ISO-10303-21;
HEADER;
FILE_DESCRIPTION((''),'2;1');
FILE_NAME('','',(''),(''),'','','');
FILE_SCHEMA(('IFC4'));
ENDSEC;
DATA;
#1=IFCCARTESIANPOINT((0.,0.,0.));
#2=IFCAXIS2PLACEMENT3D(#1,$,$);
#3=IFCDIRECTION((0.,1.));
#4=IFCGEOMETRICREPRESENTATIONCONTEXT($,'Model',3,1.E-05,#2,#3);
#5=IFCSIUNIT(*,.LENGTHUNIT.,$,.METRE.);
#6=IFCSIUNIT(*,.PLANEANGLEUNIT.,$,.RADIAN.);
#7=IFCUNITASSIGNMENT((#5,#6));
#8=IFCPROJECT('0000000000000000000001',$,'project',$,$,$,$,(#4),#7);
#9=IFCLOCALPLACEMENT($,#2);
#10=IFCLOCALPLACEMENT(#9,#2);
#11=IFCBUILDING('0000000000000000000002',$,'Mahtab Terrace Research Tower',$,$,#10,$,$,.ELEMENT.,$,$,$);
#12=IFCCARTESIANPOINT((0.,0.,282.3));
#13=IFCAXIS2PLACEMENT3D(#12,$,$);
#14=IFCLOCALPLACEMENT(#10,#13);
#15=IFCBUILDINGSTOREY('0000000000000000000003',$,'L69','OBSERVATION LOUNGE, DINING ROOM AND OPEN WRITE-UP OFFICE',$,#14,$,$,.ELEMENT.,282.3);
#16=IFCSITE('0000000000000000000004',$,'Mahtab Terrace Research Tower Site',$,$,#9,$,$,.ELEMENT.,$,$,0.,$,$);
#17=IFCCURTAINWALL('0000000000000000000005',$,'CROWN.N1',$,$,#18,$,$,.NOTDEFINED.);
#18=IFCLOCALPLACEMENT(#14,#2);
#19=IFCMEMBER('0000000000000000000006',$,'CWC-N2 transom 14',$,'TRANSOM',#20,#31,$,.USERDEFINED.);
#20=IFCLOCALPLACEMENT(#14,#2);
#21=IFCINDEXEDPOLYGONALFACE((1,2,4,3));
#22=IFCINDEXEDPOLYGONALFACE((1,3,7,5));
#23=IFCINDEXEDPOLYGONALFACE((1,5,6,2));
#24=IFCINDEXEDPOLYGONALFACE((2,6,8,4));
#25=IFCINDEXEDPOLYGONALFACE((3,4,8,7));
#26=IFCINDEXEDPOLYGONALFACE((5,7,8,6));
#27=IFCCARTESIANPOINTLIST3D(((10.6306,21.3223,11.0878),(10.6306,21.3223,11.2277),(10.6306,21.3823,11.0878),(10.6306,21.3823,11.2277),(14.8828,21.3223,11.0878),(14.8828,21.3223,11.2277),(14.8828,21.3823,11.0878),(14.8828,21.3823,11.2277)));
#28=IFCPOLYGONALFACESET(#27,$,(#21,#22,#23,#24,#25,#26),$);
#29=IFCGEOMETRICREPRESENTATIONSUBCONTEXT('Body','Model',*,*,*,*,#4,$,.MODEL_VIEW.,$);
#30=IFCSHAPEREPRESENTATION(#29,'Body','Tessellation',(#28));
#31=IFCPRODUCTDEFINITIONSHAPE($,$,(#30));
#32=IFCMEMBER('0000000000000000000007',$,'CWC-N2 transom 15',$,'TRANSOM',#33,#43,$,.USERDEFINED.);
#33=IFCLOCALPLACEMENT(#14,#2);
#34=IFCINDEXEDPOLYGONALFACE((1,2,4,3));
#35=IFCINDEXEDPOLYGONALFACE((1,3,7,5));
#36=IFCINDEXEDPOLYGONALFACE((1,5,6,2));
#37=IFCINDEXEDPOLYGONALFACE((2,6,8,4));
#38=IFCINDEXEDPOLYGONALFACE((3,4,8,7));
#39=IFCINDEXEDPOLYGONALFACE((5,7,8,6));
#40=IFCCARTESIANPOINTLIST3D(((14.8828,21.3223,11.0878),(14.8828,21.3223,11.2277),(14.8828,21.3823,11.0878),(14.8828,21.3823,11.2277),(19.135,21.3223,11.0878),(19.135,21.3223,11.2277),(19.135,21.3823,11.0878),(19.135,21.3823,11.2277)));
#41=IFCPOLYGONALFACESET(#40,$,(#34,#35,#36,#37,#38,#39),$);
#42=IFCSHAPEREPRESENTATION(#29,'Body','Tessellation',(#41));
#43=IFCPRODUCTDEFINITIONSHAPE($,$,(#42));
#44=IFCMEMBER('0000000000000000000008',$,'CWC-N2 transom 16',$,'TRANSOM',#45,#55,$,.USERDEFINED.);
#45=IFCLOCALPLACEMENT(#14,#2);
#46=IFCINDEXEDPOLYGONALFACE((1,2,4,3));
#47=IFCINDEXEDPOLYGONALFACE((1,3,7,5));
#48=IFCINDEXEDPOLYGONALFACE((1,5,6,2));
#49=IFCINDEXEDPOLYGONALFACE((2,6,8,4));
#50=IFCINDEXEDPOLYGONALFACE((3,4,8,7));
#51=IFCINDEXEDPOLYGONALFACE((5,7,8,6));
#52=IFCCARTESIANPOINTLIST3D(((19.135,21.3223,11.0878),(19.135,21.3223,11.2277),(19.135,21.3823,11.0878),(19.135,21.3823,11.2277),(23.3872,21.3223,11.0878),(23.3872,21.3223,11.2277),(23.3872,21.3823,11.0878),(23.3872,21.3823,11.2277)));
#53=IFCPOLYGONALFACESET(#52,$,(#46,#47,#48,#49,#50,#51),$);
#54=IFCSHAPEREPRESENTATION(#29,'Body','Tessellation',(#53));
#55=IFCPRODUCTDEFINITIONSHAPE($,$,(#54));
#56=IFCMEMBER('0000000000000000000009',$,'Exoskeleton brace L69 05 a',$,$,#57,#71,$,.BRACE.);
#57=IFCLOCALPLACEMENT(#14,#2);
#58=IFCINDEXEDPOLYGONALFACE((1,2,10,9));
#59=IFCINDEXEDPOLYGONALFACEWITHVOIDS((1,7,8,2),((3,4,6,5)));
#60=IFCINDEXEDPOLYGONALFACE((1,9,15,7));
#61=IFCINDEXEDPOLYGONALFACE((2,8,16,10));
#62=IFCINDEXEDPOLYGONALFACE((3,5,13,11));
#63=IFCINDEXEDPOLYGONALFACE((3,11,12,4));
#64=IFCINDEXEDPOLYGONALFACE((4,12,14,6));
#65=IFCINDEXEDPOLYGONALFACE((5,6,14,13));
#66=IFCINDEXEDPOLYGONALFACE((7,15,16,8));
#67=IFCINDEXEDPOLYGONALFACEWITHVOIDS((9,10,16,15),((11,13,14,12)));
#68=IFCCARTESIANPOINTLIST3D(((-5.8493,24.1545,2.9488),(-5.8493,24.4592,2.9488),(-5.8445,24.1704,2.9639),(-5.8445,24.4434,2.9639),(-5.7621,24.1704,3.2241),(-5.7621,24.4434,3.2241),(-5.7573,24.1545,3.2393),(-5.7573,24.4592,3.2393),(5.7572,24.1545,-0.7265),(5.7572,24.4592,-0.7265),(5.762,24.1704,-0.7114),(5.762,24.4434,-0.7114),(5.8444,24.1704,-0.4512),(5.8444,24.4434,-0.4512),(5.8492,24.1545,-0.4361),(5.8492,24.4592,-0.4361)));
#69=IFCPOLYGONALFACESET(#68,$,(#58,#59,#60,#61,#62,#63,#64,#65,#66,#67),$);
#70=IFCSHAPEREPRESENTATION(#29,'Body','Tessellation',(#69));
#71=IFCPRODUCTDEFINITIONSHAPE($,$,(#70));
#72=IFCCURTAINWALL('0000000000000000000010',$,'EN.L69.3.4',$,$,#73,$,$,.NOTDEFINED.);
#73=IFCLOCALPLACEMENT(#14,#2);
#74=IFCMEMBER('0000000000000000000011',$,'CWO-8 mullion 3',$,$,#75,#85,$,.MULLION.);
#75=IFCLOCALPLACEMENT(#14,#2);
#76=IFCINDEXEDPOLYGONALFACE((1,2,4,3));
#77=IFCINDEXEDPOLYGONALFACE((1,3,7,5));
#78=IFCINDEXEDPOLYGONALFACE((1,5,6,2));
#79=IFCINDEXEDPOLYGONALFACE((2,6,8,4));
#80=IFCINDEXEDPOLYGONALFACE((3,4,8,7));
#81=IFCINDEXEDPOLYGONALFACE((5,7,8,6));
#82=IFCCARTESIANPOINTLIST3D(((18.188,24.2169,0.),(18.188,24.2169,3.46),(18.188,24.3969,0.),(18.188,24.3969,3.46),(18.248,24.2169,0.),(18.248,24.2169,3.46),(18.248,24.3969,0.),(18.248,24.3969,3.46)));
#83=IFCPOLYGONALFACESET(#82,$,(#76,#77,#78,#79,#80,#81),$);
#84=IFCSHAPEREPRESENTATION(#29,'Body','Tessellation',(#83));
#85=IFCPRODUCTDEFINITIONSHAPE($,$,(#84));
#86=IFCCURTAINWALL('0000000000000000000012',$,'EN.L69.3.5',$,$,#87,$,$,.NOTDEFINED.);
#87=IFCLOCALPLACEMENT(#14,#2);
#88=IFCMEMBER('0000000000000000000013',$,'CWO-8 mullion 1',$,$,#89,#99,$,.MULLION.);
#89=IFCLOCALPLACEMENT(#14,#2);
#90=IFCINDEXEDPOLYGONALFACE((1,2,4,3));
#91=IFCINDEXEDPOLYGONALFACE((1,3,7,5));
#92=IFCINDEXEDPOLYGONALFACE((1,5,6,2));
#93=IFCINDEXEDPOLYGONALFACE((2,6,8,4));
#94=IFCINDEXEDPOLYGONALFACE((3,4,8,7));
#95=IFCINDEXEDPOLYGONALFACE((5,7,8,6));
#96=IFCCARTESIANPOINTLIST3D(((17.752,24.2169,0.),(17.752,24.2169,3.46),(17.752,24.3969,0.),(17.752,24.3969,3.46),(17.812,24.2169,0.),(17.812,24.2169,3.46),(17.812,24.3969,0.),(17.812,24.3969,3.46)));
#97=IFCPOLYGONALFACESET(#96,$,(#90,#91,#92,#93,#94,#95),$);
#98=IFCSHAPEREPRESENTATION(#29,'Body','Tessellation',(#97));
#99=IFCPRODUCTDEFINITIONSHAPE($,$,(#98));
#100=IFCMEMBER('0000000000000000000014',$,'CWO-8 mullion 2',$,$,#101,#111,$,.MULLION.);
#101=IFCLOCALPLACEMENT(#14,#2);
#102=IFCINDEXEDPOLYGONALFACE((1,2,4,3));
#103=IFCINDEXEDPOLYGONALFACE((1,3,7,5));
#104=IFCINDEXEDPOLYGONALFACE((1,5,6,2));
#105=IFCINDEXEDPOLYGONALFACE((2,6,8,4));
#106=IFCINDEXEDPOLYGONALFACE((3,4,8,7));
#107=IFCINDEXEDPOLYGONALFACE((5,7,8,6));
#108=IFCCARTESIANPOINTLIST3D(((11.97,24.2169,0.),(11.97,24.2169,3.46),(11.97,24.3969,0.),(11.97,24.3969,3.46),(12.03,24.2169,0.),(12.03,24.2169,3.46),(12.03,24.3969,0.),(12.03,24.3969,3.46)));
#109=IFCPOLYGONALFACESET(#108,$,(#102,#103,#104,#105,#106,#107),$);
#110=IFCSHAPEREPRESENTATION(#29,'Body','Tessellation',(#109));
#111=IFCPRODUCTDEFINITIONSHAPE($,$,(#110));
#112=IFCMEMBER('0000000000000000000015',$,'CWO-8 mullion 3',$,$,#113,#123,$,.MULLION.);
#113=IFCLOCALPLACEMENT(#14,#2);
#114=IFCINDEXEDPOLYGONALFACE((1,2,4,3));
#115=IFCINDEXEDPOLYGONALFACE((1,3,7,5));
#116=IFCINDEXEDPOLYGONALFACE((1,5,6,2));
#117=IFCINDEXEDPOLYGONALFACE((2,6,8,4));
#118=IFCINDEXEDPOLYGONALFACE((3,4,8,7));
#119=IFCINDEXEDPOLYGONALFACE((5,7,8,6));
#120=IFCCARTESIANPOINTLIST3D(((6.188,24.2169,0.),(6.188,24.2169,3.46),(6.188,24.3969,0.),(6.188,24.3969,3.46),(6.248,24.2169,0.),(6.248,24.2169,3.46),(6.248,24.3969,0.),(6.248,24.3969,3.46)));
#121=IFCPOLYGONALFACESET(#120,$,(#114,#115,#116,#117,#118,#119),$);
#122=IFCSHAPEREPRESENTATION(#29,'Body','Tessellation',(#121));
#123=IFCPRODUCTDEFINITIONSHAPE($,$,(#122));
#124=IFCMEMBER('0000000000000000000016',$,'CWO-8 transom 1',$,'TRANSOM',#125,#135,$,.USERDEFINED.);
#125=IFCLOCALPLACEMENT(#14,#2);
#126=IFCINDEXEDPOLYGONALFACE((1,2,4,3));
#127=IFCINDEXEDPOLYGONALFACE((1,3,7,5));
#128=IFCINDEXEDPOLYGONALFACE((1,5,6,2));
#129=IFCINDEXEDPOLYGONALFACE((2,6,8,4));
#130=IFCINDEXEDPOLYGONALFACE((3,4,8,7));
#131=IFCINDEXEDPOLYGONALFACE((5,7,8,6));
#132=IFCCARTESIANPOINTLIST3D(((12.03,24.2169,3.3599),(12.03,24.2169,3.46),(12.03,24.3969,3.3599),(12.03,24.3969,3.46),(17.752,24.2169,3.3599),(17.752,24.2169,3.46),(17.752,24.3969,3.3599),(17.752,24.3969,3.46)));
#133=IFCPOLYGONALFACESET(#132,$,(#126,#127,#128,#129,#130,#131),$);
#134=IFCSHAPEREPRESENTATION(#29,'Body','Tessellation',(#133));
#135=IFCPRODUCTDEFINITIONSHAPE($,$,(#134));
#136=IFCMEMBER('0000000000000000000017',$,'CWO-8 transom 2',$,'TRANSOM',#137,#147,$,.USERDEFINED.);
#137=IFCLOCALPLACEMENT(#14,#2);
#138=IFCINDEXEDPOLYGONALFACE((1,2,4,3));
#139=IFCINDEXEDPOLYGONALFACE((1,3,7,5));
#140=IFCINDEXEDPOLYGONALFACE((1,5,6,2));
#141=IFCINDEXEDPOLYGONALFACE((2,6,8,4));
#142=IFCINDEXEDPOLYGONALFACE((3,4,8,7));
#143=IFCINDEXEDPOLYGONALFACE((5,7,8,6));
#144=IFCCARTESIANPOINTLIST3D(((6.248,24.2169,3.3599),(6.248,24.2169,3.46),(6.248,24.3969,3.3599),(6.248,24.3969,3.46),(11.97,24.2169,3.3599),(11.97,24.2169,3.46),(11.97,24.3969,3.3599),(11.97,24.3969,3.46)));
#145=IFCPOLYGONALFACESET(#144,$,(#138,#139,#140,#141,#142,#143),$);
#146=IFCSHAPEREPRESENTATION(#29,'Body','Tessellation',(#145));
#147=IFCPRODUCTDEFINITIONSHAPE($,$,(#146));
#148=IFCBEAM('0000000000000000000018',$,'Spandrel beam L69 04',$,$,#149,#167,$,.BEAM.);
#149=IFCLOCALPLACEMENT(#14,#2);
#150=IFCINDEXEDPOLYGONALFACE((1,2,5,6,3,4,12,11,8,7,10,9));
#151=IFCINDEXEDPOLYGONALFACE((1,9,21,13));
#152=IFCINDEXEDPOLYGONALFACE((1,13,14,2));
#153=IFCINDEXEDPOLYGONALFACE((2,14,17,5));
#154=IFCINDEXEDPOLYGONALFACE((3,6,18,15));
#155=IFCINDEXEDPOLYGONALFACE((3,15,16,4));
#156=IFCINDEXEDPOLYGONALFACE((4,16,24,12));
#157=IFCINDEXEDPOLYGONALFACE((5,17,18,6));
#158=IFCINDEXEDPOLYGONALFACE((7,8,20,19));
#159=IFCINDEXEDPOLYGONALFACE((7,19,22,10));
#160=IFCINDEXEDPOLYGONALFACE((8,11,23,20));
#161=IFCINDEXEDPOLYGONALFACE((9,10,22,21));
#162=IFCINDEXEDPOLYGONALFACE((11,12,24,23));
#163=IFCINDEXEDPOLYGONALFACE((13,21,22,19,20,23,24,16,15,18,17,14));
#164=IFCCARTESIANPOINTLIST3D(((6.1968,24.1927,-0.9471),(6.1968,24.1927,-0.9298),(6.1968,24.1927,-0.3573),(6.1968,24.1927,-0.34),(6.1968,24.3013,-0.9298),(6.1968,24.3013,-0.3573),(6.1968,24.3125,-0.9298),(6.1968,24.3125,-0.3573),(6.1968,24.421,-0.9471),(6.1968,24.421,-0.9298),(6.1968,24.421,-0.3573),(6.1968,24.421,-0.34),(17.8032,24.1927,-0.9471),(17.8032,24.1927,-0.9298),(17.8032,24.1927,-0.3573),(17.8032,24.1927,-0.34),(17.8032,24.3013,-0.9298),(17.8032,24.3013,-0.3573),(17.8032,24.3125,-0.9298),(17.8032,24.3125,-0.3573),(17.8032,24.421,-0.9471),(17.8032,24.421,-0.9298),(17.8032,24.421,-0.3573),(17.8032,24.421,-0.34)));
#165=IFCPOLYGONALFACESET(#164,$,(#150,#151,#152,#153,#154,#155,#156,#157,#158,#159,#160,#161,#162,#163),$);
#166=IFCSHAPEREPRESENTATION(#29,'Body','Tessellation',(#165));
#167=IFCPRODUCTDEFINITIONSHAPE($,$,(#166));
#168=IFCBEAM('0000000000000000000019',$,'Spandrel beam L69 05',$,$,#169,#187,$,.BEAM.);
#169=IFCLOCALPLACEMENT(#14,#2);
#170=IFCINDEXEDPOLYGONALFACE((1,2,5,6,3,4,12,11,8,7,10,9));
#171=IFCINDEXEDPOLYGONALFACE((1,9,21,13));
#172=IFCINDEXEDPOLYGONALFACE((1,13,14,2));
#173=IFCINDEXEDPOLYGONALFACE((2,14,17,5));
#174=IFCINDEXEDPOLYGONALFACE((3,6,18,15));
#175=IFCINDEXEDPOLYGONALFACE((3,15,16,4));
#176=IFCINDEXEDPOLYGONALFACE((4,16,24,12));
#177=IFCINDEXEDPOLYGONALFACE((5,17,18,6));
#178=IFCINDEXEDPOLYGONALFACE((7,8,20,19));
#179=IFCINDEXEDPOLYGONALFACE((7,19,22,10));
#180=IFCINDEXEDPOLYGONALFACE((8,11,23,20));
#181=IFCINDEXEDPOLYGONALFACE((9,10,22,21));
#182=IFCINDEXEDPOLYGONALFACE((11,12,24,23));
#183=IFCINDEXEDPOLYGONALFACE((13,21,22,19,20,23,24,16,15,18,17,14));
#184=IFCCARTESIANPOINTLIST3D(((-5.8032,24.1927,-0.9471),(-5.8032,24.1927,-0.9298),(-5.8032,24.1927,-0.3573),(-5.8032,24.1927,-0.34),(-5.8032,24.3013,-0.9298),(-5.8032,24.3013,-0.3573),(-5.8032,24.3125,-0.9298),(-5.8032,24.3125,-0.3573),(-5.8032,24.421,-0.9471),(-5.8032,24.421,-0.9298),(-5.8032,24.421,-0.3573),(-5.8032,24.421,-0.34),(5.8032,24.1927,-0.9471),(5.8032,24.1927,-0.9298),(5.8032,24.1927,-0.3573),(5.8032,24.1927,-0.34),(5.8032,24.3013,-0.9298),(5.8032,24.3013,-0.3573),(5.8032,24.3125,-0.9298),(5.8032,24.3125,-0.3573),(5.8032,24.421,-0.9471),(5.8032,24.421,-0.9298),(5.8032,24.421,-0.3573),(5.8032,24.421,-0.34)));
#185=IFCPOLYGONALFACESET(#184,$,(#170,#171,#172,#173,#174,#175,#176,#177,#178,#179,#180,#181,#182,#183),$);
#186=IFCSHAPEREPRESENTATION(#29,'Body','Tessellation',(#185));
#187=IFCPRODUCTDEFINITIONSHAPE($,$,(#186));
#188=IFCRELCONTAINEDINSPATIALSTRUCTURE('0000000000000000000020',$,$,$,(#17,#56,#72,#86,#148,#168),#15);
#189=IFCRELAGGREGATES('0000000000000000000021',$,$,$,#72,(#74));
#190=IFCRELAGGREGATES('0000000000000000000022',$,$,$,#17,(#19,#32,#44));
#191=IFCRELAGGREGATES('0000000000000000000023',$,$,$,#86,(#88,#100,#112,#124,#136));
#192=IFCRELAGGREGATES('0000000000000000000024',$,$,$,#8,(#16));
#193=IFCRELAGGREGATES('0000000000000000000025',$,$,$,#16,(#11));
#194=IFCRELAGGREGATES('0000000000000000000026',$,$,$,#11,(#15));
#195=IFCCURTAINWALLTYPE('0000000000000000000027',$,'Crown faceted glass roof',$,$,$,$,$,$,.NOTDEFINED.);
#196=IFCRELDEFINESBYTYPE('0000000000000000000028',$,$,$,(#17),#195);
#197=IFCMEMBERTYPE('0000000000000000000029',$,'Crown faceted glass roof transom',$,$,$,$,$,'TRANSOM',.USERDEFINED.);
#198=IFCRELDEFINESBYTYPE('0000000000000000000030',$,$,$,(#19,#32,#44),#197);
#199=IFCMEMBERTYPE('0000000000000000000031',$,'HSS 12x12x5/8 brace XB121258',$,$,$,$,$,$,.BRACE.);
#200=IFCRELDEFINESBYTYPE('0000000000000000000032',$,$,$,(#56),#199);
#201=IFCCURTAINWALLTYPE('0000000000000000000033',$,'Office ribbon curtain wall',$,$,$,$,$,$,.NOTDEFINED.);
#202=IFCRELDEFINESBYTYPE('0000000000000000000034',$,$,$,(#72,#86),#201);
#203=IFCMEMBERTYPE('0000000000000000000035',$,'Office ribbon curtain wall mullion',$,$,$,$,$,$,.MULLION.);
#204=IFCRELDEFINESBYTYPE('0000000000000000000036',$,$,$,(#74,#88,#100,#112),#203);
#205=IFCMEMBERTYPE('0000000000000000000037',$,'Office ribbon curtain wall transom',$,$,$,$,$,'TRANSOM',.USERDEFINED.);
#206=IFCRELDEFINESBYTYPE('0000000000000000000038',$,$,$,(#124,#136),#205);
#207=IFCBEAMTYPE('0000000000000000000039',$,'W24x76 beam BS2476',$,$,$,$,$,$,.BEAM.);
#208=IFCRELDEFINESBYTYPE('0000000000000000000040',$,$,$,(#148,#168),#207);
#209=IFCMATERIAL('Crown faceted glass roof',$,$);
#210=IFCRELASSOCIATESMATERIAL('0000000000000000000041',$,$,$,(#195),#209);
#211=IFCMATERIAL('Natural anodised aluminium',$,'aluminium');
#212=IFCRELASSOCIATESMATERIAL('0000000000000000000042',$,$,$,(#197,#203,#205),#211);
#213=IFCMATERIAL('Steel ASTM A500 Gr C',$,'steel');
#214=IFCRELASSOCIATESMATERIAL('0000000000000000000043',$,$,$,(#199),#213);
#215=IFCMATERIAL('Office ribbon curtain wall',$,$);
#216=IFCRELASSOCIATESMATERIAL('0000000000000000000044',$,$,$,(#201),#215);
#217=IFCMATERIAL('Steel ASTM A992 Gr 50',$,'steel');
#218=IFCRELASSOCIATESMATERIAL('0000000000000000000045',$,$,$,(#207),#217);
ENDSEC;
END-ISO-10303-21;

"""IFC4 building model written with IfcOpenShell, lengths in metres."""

from ifc_helpers import new_model, si_unit, direction, frame, origin, origin_2d, place, context, subcontext, project, spatial, rectangle, hollow_rectangle, i_section, extrude, material, material_profile, profile_set, type_object, element, aggregate, save


model = new_model("IFC4")

# Units and contexts
model_context = context("Model", 3, precision=1e-05, world=origin(), true_north=direction((0.0, 1.0)))
body_context = subcontext(model_context, "Body", "Model", "MODEL_VIEW")
ifc_project = project(units=[si_unit("LENGTHUNIT", "METRE"), si_unit("PLANEANGLEUNIT", "RADIAN")], contexts=[model_context])

# Site, building, storey
site_placement = place(None, origin())
site = spatial("IfcSite", under=ifc_project, at=site_placement, Name="Mahtab Terrace Research Tower Site", CompositionType="ELEMENT", RefElevation=0.0)
building_placement = place(site_placement, origin())
building = spatial("IfcBuilding", under=site, at=building_placement, Name="Mahtab Terrace Research Tower", CompositionType="ELEMENT")
storey_placement = place(building_placement, frame((0.0, 0.0, 282.3)))
storey = spatial("IfcBuildingStorey", under=building, at=storey_placement, Name="L69", Description="OBSERVATION LOUNGE, DINING ROOM AND OPEN WRITE-UP OFFICE", CompositionType="ELEMENT", Elevation=282.3)

# Shared definitions
ifc_material_1 = material(Name="Steel ASTM A992 Gr 50", Category="steel")

# Curtain wall, members
ifc_material_2 = material(Name="Crown faceted glass roof")
curtain_wall_type_1 = type_object("IfcCurtainWallType", Name="Crown faceted glass roof", PredefinedType="NOTDEFINED", material=ifc_material_2)
ifc_material_3 = material(Name="Natural anodised aluminium", Category="aluminium")
curtain_wall_1_placement = place(storey_placement, origin())
curtain_wall_1 = element("IfcCurtainWall", 1, at=curtain_wall_1_placement, inside=storey, type_object=curtain_wall_type_1, Name="CROWN.N1", PredefinedType="NOTDEFINED")
ifc_material_profile_1 = material_profile(ifc_material_3, rectangle(XDim=0.0601, YDim=0.1399, at=origin_2d()), Name="TRANSOM 60x140")
ifc_profile_set_1 = profile_set([ifc_material_profile_1], Name="Natural anodised aluminium")
member_type_1 = type_object("IfcMemberType", Name="Crown faceted glass roof transom", ElementType="TRANSOM", PredefinedType="USERDEFINED", material=ifc_profile_set_1)
member_1_placement = place(storey_placement, frame((10.6306, 21.3523, 11.1577), z_axis=(1.0, 0.0, 0.0), x_axis=(0.0, 1.0, 0.0)))
member_1 = element("IfcMember", 2, at=member_1_placement, type_object=member_type_1, Name="CWC-N2 transom 14", ObjectType="TRANSOM", PredefinedType="USERDEFINED", context=body_context, shape_type="SweptSolid", body=[
    extrude(rectangle(XDim=0.0601, YDim=0.1399, at=origin_2d()), origin(), (0.0, 0.0, 1.0), 4.2522),
])
member_2_placement = place(storey_placement, frame((14.8828, 21.3523, 11.1577), z_axis=(1.0, 0.0, 0.0), x_axis=(0.0, 1.0, 0.0)))
member_2 = element("IfcMember", 3, at=member_2_placement, type_object=member_type_1, Name="CWC-N2 transom 15", ObjectType="TRANSOM", PredefinedType="USERDEFINED", context=body_context, shape_type="SweptSolid", body=[
    extrude(rectangle(XDim=0.0601, YDim=0.1399, at=origin_2d()), origin(), (0.0, 0.0, 1.0), 4.2522),
])
member_3_placement = place(storey_placement, frame((19.135, 21.3523, 11.1577), z_axis=(1.0, 0.0, 0.0), x_axis=(0.0, 1.0, 0.0)))
member_3 = element("IfcMember", 4, at=member_3_placement, type_object=member_type_1, Name="CWC-N2 transom 16", ObjectType="TRANSOM", PredefinedType="USERDEFINED", context=body_context, shape_type="SweptSolid", body=[
    extrude(rectangle(XDim=0.0601, YDim=0.1399, at=origin_2d()), origin(), (0.0, 0.0, 1.0), 4.2522),
])

# Member
ifc_material_4 = material(Name="Steel ASTM A500 Gr C", Category="steel")
ifc_material_profile_2 = material_profile(ifc_material_4, hollow_rectangle(XDim=0.3047, YDim=0.3047, WallThickness=0.0159, at=origin_2d()), Name="HSS12X12X5/8")
ifc_profile_set_2 = profile_set([ifc_material_profile_2], Name="Steel ASTM A500 Gr C")
member_type_2 = type_object("IfcMemberType", Name="HSS 12x12x5/8 brace XB121258", PredefinedType="BRACE", material=ifc_profile_set_2)
member_4_placement = place(storey_placement, frame((5.8032, 24.3069, -0.5813), z_axis=(-0.953344, 0.0, 0.301886), x_axis=(0.0, -1.0, 0.0)))
element("IfcMember", 5, at=member_4_placement, inside=storey, type_object=member_type_2, Name="Exoskeleton brace L69 05 a", PredefinedType="BRACE", context=body_context, shape_type="SweptSolid", body=[
    extrude(hollow_rectangle(XDim=0.3047, YDim=0.3047, WallThickness=0.0159, at=origin_2d()), origin(), (0.0, 0.0, 1.0), 12.1746),
])

# Curtain wall, member
ifc_material_5 = material(Name="Office ribbon curtain wall")
curtain_wall_type_2 = type_object("IfcCurtainWallType", Name="Office ribbon curtain wall", PredefinedType="NOTDEFINED", material=ifc_material_5)
curtain_wall_2_placement = place(storey_placement, origin())
curtain_wall_2 = element("IfcCurtainWall", 6, at=curtain_wall_2_placement, inside=storey, type_object=curtain_wall_type_2, Name="EN.L69.3.4", PredefinedType="NOTDEFINED")
ifc_material_profile_3 = material_profile(ifc_material_3, rectangle(XDim=0.1799, YDim=0.0601, at=origin_2d()), Name="MULLION 60x180")
ifc_profile_set_3 = profile_set([ifc_material_profile_3], Name="Natural anodised aluminium")
member_type_3 = type_object("IfcMemberType", Name="Office ribbon curtain wall mullion", PredefinedType="MULLION", material=ifc_profile_set_3)
member_5_placement = place(storey_placement, frame((18.218, 24.3069, 0.0), z_axis=(0.0, 0.0, 1.0), x_axis=(0.0, -1.0, 0.0)))
member_5 = element("IfcMember", 7, at=member_5_placement, type_object=member_type_3, Name="CWO-8 mullion 3", PredefinedType="MULLION", context=body_context, shape_type="SweptSolid", body=[
    extrude(rectangle(XDim=0.1799, YDim=0.0601, at=origin_2d()), origin(), (0.0, 0.0, 1.0), 3.46),
])
aggregate(curtain_wall_2, [member_5])

# Curtain wall, members
curtain_wall_3_placement = place(storey_placement, origin())
curtain_wall_3 = element("IfcCurtainWall", 8, at=curtain_wall_3_placement, inside=storey, type_object=curtain_wall_type_2, Name="EN.L69.3.5", PredefinedType="NOTDEFINED")
member_6_placement = place(storey_placement, frame((17.782, 24.3069, 0.0), z_axis=(0.0, 0.0, 1.0), x_axis=(0.0, -1.0, 0.0)))
member_6 = element("IfcMember", 9, at=member_6_placement, type_object=member_type_3, Name="CWO-8 mullion 1", PredefinedType="MULLION", context=body_context, shape_type="SweptSolid", body=[
    extrude(rectangle(XDim=0.1799, YDim=0.0601, at=origin_2d()), origin(), (0.0, 0.0, 1.0), 3.46),
])
member_7_placement = place(storey_placement, frame((12.0, 24.3069, 0.0), z_axis=(0.0, 0.0, 1.0), x_axis=(0.0, -1.0, 0.0)))
member_7 = element("IfcMember", 10, at=member_7_placement, type_object=member_type_3, Name="CWO-8 mullion 2", PredefinedType="MULLION", context=body_context, shape_type="SweptSolid", body=[
    extrude(rectangle(XDim=0.1799, YDim=0.0601, at=origin_2d()), origin(), (0.0, 0.0, 1.0), 3.46),
])
member_8_placement = place(storey_placement, frame((6.218, 24.3069, 0.0), z_axis=(0.0, 0.0, 1.0), x_axis=(0.0, -1.0, 0.0)))
member_8 = element("IfcMember", 11, at=member_8_placement, type_object=member_type_3, Name="CWO-8 mullion 3", PredefinedType="MULLION", context=body_context, shape_type="SweptSolid", body=[
    extrude(rectangle(XDim=0.1799, YDim=0.0601, at=origin_2d()), origin(), (0.0, 0.0, 1.0), 3.46),
])
ifc_material_profile_4 = material_profile(ifc_material_3, rectangle(XDim=0.1799, YDim=0.1001, at=origin_2d()), Name="TRANSOM 100x180")
ifc_profile_set_4 = profile_set([ifc_material_profile_4], Name="Natural anodised aluminium")
member_type_4 = type_object("IfcMemberType", Name="Office ribbon curtain wall transom", ElementType="TRANSOM", PredefinedType="USERDEFINED", material=ifc_profile_set_4)
member_9_placement = place(storey_placement, frame((17.752, 24.3069, 3.4099), z_axis=(-1.0, 0.0, 0.0), x_axis=(0.0, -1.0, 0.0)))
member_9 = element("IfcMember", 12, at=member_9_placement, type_object=member_type_4, Name="CWO-8 transom 1", ObjectType="TRANSOM", PredefinedType="USERDEFINED", context=body_context, shape_type="SweptSolid", body=[
    extrude(rectangle(XDim=0.1799, YDim=0.1001, at=origin_2d()), origin(), (0.0, 0.0, 1.0), 5.7219),
])
member_10_placement = place(storey_placement, frame((11.97, 24.3069, 3.4099), z_axis=(-1.0, 0.0, 0.0), x_axis=(0.0, -1.0, 0.0)))
member_10 = element("IfcMember", 13, at=member_10_placement, type_object=member_type_4, Name="CWO-8 transom 2", ObjectType="TRANSOM", PredefinedType="USERDEFINED", context=body_context, shape_type="SweptSolid", body=[
    extrude(rectangle(XDim=0.1799, YDim=0.1001, at=origin_2d()), origin(), (0.0, 0.0, 1.0), 5.7219),
])

# Beams
ifc_material_profile_5 = material_profile(ifc_material_1, i_section(OverallWidth=0.2283, OverallDepth=0.6072, WebThickness=0.0112, FlangeThickness=0.0173, at=origin_2d()), Name="W24X76")
ifc_profile_set_5 = profile_set([ifc_material_profile_5], Name="Steel ASTM A992 Gr 50")
beam_type = type_object("IfcBeamType", Name="W24x76 beam BS2476", PredefinedType="BEAM", material=ifc_profile_set_5)
for number, where, z_axis, x_axis, name in (
    (14, (17.8032, 24.3069, -0.6436), (-1.0, 0.0, 0.0), (0.0, -1.0, 0.0), "Spandrel beam L69 04"),
    (15, (5.8032, 24.3069, -0.6436), (-1.0, 0.0, 0.0), (0.0, -1.0, 0.0), "Spandrel beam L69 05"),
):
    element("IfcBeam", number, at=place(storey_placement, frame(where, z_axis=z_axis, x_axis=x_axis)), inside=storey, type_object=beam_type, Name=name, PredefinedType="BEAM", context=body_context, shape_type="SweptSolid", body=[
        extrude(i_section(OverallWidth=0.2283, OverallDepth=0.6072, WebThickness=0.0112, FlangeThickness=0.0173, at=origin_2d()), origin(), (0.0, 0.0, 1.0), 11.6064),
    ])

aggregate(curtain_wall_1, [member_1, member_2, member_3])
aggregate(curtain_wall_3, [member_6, member_7, member_8, member_9, member_10])

save(model, "model.ifc")
